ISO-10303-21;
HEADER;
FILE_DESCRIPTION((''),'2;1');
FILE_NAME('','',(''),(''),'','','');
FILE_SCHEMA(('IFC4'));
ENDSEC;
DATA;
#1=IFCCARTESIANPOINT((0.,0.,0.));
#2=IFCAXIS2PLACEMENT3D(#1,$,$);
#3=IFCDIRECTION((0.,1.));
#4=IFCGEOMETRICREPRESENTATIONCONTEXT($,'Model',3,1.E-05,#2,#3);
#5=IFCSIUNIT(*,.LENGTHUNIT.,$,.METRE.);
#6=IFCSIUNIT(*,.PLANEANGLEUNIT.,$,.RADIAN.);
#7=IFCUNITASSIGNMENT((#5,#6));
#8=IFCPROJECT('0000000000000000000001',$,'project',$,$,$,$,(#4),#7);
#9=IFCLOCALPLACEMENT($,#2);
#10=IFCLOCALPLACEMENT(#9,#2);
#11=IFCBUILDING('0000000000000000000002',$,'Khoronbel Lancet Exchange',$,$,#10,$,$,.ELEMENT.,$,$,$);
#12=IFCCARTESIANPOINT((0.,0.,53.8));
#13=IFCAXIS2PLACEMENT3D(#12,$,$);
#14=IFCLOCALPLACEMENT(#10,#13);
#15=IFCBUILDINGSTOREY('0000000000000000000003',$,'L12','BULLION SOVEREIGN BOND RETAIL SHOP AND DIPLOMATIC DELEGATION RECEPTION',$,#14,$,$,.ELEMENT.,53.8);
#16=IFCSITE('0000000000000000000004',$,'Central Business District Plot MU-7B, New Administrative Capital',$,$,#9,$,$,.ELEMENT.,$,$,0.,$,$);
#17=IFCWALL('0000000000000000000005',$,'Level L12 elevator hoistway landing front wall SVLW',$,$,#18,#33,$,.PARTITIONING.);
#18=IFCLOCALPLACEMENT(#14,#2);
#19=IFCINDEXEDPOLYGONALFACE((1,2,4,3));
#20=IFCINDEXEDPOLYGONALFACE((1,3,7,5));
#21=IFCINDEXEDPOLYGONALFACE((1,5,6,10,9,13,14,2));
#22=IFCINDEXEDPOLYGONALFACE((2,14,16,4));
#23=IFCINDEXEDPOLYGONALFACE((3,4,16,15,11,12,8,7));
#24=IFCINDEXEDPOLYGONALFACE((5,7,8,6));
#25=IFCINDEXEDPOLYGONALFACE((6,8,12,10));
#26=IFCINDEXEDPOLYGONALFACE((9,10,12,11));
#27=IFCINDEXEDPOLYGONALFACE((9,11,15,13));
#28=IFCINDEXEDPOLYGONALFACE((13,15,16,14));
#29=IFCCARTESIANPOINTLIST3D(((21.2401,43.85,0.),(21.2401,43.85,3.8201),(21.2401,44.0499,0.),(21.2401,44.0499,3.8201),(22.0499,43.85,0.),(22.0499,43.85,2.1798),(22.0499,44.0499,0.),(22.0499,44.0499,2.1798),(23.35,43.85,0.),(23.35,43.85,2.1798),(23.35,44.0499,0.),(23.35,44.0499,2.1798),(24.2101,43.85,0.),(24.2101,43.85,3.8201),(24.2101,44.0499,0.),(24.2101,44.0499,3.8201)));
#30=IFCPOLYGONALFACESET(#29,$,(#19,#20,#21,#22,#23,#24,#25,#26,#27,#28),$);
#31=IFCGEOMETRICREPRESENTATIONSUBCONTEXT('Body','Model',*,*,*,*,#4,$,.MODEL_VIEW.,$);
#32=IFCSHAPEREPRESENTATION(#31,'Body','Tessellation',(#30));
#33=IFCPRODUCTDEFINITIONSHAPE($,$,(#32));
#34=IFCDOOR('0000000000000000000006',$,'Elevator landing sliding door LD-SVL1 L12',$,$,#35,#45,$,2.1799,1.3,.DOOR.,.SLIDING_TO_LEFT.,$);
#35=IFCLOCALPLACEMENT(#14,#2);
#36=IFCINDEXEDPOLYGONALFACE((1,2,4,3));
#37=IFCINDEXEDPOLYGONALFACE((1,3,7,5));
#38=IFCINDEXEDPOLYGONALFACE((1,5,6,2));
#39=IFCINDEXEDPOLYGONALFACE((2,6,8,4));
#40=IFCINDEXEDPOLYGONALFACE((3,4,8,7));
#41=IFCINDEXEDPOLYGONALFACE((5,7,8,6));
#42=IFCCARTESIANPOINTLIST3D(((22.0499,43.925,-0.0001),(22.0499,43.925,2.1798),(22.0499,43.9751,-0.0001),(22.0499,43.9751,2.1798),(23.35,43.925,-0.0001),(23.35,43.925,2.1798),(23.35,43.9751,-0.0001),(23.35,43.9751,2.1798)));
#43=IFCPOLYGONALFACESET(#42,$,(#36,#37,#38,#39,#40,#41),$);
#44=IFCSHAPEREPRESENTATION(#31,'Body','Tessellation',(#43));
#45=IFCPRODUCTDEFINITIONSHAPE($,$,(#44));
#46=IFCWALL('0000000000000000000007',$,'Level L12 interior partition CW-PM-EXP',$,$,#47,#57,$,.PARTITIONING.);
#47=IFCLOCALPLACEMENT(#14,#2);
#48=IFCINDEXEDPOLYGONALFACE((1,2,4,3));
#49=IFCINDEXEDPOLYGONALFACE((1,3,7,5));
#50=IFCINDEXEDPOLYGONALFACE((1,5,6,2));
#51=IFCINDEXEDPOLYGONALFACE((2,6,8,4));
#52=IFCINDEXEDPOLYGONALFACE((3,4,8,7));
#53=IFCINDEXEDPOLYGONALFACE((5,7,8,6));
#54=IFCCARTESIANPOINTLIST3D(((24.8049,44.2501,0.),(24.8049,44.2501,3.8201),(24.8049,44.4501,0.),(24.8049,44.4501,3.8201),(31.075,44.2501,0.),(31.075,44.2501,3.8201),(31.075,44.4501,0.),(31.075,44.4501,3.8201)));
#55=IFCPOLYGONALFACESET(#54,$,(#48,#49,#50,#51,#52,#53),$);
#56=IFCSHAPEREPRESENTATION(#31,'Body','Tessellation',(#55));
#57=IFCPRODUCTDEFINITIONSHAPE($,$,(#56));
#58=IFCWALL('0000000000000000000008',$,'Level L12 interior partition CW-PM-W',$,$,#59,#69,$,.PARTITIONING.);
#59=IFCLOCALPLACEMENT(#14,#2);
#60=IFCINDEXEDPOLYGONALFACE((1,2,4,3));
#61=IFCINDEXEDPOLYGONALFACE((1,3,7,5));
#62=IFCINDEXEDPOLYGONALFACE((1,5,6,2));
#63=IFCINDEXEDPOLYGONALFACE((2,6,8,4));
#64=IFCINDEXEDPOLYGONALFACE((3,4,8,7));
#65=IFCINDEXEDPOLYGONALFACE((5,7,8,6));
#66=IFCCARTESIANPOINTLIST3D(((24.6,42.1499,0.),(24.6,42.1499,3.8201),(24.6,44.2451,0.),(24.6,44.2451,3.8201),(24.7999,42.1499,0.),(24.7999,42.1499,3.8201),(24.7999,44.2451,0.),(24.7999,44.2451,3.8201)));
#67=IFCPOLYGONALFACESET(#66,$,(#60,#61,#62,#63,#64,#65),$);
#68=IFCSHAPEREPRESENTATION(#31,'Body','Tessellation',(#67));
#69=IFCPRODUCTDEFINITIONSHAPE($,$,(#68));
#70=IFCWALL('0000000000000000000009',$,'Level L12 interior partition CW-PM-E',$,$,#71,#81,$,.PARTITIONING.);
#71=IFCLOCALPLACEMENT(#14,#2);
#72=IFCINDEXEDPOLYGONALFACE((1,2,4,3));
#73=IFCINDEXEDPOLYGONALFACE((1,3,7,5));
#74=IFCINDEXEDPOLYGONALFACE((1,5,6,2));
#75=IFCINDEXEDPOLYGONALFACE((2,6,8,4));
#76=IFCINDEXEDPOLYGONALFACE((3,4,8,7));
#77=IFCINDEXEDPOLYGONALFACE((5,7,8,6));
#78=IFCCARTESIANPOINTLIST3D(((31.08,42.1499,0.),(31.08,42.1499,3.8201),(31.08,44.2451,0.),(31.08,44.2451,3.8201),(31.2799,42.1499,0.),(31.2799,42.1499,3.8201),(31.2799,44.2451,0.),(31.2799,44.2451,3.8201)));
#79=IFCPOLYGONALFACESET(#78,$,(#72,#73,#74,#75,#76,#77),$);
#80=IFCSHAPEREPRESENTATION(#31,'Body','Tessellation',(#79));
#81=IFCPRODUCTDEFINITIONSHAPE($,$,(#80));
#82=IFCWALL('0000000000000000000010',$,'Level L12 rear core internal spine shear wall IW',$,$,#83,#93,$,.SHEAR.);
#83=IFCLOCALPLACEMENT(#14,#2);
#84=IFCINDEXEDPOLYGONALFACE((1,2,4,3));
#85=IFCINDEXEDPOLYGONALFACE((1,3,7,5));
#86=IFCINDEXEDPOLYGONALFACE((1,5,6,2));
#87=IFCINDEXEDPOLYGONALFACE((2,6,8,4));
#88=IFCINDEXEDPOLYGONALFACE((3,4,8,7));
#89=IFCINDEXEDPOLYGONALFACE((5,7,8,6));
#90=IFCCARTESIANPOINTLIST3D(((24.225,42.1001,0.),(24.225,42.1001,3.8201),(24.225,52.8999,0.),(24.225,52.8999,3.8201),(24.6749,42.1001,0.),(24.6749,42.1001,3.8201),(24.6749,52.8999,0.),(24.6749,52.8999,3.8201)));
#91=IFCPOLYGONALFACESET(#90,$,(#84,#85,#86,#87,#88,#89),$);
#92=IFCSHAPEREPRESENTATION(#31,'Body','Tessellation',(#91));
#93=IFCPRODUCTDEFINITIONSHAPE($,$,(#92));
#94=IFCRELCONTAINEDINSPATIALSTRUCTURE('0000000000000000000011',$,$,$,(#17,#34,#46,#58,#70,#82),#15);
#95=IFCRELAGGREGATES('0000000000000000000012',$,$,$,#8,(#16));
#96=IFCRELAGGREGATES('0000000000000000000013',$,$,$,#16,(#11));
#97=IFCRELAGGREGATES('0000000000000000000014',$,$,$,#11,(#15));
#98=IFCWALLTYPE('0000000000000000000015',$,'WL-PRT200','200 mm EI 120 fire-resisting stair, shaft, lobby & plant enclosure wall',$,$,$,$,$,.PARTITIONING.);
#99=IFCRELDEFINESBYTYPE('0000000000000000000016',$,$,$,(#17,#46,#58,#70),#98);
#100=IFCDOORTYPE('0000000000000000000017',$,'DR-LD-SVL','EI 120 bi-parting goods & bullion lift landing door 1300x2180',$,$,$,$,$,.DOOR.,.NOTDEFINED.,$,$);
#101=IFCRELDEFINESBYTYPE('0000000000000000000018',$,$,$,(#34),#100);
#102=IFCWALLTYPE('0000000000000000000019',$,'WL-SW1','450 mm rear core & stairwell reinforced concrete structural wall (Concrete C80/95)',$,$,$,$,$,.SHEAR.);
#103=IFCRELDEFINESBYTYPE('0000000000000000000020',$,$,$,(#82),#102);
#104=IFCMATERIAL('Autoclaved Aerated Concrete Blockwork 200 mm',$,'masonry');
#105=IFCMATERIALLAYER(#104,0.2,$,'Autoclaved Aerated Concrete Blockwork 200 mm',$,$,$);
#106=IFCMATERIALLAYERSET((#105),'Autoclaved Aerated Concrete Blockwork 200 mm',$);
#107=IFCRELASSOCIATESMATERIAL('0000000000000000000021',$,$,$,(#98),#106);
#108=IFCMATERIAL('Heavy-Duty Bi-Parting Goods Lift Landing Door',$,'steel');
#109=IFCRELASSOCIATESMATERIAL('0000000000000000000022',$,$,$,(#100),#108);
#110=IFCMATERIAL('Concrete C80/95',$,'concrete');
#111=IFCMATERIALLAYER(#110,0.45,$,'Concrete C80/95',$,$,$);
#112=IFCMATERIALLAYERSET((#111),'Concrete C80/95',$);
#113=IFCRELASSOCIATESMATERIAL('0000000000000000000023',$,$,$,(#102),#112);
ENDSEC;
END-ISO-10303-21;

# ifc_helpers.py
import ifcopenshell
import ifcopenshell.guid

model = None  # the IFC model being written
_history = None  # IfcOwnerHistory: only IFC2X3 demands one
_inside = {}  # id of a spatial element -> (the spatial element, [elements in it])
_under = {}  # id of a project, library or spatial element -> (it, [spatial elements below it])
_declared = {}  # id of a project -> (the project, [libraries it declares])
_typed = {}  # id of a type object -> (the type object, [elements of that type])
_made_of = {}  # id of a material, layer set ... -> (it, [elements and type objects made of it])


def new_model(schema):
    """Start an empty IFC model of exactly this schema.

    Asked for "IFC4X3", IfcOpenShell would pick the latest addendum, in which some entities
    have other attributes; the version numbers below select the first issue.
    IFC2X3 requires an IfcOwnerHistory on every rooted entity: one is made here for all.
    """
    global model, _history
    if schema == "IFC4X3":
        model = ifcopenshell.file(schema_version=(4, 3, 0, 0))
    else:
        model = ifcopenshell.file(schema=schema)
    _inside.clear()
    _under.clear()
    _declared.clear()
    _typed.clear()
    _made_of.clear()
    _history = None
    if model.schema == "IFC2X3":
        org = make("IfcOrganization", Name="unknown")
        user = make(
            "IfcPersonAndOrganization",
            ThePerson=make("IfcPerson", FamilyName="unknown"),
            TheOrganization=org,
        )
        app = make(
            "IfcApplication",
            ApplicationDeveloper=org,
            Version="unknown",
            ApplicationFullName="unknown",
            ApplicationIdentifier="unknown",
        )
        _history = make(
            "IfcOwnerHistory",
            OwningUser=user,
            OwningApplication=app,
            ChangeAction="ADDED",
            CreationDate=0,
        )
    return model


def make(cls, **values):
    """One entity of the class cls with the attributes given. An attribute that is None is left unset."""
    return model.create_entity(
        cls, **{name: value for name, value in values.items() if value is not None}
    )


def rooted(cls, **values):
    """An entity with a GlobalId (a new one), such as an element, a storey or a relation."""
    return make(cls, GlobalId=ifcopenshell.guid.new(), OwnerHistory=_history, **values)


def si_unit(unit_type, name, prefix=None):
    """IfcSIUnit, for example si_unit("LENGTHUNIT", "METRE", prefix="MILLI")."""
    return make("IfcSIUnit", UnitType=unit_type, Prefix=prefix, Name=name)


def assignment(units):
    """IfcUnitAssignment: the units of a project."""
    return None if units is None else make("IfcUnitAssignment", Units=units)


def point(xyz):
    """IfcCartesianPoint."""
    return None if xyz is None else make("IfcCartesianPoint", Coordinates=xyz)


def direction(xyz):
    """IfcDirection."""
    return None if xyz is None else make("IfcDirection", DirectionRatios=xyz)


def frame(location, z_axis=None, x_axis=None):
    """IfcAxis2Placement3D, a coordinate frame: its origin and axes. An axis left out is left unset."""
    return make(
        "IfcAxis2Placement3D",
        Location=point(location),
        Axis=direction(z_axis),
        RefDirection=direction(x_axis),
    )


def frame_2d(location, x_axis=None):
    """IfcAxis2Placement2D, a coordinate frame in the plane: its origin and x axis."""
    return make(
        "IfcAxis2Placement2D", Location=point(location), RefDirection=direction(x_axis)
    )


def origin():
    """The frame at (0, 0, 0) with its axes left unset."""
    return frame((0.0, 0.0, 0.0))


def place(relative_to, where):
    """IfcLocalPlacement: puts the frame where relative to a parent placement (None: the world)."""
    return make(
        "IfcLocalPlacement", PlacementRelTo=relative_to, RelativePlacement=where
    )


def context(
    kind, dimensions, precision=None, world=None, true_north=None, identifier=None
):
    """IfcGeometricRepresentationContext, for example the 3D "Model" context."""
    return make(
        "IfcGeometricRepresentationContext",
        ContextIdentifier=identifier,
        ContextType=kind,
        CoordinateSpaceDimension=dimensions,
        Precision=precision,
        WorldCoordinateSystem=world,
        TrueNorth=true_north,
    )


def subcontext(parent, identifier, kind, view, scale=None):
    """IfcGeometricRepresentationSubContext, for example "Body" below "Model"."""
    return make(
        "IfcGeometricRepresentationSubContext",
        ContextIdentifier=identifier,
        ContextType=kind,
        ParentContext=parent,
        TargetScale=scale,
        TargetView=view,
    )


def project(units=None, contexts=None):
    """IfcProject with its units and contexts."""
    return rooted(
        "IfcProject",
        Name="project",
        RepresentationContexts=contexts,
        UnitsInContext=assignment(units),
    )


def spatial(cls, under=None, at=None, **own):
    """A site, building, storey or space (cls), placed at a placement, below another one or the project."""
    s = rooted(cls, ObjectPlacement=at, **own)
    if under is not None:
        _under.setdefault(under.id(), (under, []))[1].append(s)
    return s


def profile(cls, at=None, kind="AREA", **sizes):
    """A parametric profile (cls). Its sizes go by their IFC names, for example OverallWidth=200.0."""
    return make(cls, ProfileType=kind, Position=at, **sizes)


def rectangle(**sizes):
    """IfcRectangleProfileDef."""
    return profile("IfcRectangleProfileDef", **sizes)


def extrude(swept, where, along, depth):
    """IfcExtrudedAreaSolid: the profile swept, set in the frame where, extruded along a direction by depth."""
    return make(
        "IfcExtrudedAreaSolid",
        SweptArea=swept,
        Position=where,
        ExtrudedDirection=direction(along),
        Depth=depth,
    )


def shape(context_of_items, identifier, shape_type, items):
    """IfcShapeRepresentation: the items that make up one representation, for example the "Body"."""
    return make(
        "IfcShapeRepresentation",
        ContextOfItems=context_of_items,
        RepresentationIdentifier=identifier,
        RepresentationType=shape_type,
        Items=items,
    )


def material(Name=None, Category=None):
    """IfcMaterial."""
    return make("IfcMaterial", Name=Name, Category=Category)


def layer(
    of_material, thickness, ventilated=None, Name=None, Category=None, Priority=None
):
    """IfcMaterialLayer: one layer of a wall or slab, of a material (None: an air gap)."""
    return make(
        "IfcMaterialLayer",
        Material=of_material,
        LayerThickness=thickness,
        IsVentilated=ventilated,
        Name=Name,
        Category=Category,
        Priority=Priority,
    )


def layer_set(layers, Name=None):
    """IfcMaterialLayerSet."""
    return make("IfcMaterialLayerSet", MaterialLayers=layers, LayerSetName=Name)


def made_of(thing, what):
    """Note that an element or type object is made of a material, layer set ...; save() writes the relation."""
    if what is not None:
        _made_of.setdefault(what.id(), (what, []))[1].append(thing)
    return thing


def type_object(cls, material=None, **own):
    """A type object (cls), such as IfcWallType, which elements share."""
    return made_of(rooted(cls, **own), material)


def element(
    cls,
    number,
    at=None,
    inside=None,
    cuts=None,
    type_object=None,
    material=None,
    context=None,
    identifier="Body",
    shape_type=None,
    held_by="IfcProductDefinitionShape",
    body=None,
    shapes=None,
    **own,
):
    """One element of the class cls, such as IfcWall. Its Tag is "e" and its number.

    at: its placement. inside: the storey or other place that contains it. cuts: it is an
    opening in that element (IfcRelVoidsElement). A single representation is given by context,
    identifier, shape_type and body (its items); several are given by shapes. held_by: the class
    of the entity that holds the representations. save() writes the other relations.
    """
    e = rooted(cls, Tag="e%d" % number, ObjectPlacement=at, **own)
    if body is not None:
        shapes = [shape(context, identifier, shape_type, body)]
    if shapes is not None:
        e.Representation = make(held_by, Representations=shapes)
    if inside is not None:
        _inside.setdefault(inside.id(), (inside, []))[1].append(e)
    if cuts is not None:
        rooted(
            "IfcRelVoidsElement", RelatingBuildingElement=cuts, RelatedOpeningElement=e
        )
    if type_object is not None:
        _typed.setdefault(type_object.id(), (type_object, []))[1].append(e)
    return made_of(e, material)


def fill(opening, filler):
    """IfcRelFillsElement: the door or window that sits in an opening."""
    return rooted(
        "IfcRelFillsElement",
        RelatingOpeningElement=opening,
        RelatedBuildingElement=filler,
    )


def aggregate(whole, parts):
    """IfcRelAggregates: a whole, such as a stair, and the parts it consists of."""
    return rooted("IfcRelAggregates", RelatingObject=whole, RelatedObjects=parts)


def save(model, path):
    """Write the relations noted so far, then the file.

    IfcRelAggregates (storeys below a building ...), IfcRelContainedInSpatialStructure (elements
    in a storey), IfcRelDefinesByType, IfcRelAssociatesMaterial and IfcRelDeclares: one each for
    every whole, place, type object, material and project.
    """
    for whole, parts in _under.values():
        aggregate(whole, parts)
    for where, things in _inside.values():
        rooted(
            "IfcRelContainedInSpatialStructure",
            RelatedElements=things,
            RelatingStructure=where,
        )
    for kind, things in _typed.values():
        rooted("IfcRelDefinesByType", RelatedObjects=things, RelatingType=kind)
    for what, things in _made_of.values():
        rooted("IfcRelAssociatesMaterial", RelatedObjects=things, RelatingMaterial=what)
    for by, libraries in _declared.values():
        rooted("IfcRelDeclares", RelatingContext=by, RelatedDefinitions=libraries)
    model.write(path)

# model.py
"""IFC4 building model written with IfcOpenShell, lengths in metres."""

from ifc_helpers import new_model, si_unit, direction, frame, frame_2d, origin, place, context, subcontext, project, spatial, rectangle, extrude, material, layer, layer_set, type_object, element, fill, save


model = new_model("IFC4")

# Units and contexts
model_context = context("Model", 3, precision=1e-05, world=origin(), true_north=direction((0.0, 1.0)))
body_context = subcontext(model_context, "Body", "Model", "MODEL_VIEW")
ifc_project = project(units=[si_unit("LENGTHUNIT", "METRE"), si_unit("PLANEANGLEUNIT", "RADIAN")], contexts=[model_context])

# Site, building, storey
site_placement = place(None, origin())
site = spatial("IfcSite", under=ifc_project, at=site_placement, Name="Central Business District Plot MU-7B, New Administrative Capital", CompositionType="ELEMENT", RefElevation=0.0)
building_placement = place(site_placement, origin())
building = spatial("IfcBuilding", under=site, at=building_placement, Name="Khoronbel Lancet Exchange", CompositionType="ELEMENT")
storey_placement = place(building_placement, frame((0.0, 0.0, 53.8)))
storey = spatial("IfcBuildingStorey", under=building, at=storey_placement, Name="L12", Description="BULLION SOVEREIGN BOND RETAIL SHOP AND DIPLOMATIC DELEGATION RECEPTION", CompositionType="ELEMENT", Elevation=53.8)

# Shared definitions
ifc_material_1 = material(Name="Concrete C80/95", Category="concrete")

# Wall, opening, door
ifc_material_2 = material(Name="Autoclaved Aerated Concrete Blockwork 200 mm", Category="masonry")
ifc_layer_1 = layer(ifc_material_2, 0.2, Name="Autoclaved Aerated Concrete Blockwork 200 mm")
ifc_layer_set_1 = layer_set([ifc_layer_1], Name="Autoclaved Aerated Concrete Blockwork 200 mm")
wall_type_1 = type_object("IfcWallType", Name="WL-PRT200", Description="200 mm EI 120 fire-resisting stair, shaft, lobby & plant enclosure wall", PredefinedType="PARTITIONING", material=ifc_layer_set_1)
wall_1_placement = place(storey_placement, frame((24.21, 43.95, 0.0), z_axis=(0.0, 0.0, 1.0), x_axis=(-1.0, 0.0, 0.0)))
wall_1 = element("IfcWall", 1, at=wall_1_placement, inside=storey, type_object=wall_type_1, Name="Level L12 elevator hoistway landing front wall SVLW", PredefinedType="PARTITIONING", context=body_context, shape_type="SweptSolid", body=[
    extrude(rectangle(XDim=2.97, YDim=0.2, at=frame_2d((1.4849, 0.0))), origin(), (0.0, 0.0, 1.0), 3.8201),
])
opening_1_placement = place(wall_1_placement, frame((0.8601, 0.0, 0.0)))
opening_1 = element("IfcOpeningElement", 2, at=opening_1_placement, cuts=wall_1, PredefinedType="OPENING", context=body_context, shape_type="SweptSolid", body=[
    extrude(rectangle(XDim=1.3, YDim=2.1799, at=frame_2d((0.6499, 1.0898))), frame((0.0, 0.1099, 0.0), z_axis=(0.0, -1.0, 0.0), x_axis=(1.0, 0.0, 0.0)), (0.0, 0.0, 1.0), 0.22),
])
ifc_material_3 = material(Name="Heavy-Duty Bi-Parting Goods Lift Landing Door", Category="steel")
door_type_1 = type_object("IfcDoorType", Name="DR-LD-SVL", Description="EI 120 bi-parting goods & bullion lift landing door 1300x2180", OperationType="NOTDEFINED", PredefinedType="DOOR", material=ifc_material_3)
door_1_placement = place(opening_1_placement, origin())
door_1 = element("IfcDoor", 3, at=door_1_placement, inside=storey, type_object=door_type_1, Name="Elevator landing sliding door LD-SVL1 L12", OperationType="SLIDING_TO_LEFT", OverallHeight=2.1799, OverallWidth=1.3, PredefinedType="DOOR", context=body_context, shape_type="SweptSolid", body=[
    extrude(rectangle(XDim=1.3, YDim=2.1799, at=frame_2d((0.6499, 1.0898))), frame((0.0, 0.0249, 0.0), z_axis=(0.0, -1.0, 0.0), x_axis=(1.0, 0.0, 0.0)), (0.0, 0.0, 1.0), 0.05),
])
fill(opening_1, door_1)

# Walls
wall_2_placement = place(storey_placement, frame((24.8049, 44.3501, 0.0), z_axis=(0.0, 0.0, 1.0), x_axis=(1.0, 0.0, 0.0)))
element("IfcWall", 4, at=wall_2_placement, inside=storey, type_object=wall_type_1, Name="Level L12 interior partition CW-PM-EXP", PredefinedType="PARTITIONING", context=body_context, shape_type="SweptSolid", body=[
    extrude(rectangle(XDim=6.27, YDim=0.2, at=frame_2d((3.135, 0.0))), origin(), (0.0, 0.0, 1.0), 3.8201),
])
for number, where, z_axis, x_axis, name in (
    (5, (24.7, 42.1499, 0.0), (0.0, 0.0, 1.0), (0.0, 1.0, 0.0), "Level L12 interior partition CW-PM-W"),
    (6, (31.1799, 42.1499, 0.0), (0.0, 0.0, 1.0), (0.0, 1.0, 0.0), "Level L12 interior partition CW-PM-E"),
):
    element("IfcWall", number, at=place(storey_placement, frame(where, z_axis=z_axis, x_axis=x_axis)), inside=storey, type_object=wall_type_1, Name=name, PredefinedType="PARTITIONING", context=body_context, shape_type="SweptSolid", body=[
        extrude(rectangle(XDim=2.0952, YDim=0.2, at=frame_2d((1.0476, 0.0))), origin(), (0.0, 0.0, 1.0), 3.8201),
    ])
ifc_layer_2 = layer(ifc_material_1, 0.45, Name="Concrete C80/95")
ifc_layer_set_2 = layer_set([ifc_layer_2], Name="Concrete C80/95")
wall_type_2 = type_object("IfcWallType", Name="WL-SW1", Description="450 mm rear core & stairwell reinforced concrete structural wall (Concrete C80/95)", PredefinedType="SHEAR", material=ifc_layer_set_2)
wall_3_placement = place(storey_placement, frame((24.45, 42.1001, 0.0), z_axis=(0.0, 0.0, 1.0), x_axis=(0.0, 1.0, 0.0)))
element("IfcWall", 7, at=wall_3_placement, inside=storey, type_object=wall_type_2, Name="Level L12 rear core internal spine shear wall IW", PredefinedType="SHEAR", context=body_context, shape_type="SweptSolid", body=[
    extrude(rectangle(XDim=10.7998, YDim=0.45, at=frame_2d((5.3999, 0.0))), origin(), (0.0, 0.0, 1.0), 3.8201),
])

save(model, "model.ifc")
